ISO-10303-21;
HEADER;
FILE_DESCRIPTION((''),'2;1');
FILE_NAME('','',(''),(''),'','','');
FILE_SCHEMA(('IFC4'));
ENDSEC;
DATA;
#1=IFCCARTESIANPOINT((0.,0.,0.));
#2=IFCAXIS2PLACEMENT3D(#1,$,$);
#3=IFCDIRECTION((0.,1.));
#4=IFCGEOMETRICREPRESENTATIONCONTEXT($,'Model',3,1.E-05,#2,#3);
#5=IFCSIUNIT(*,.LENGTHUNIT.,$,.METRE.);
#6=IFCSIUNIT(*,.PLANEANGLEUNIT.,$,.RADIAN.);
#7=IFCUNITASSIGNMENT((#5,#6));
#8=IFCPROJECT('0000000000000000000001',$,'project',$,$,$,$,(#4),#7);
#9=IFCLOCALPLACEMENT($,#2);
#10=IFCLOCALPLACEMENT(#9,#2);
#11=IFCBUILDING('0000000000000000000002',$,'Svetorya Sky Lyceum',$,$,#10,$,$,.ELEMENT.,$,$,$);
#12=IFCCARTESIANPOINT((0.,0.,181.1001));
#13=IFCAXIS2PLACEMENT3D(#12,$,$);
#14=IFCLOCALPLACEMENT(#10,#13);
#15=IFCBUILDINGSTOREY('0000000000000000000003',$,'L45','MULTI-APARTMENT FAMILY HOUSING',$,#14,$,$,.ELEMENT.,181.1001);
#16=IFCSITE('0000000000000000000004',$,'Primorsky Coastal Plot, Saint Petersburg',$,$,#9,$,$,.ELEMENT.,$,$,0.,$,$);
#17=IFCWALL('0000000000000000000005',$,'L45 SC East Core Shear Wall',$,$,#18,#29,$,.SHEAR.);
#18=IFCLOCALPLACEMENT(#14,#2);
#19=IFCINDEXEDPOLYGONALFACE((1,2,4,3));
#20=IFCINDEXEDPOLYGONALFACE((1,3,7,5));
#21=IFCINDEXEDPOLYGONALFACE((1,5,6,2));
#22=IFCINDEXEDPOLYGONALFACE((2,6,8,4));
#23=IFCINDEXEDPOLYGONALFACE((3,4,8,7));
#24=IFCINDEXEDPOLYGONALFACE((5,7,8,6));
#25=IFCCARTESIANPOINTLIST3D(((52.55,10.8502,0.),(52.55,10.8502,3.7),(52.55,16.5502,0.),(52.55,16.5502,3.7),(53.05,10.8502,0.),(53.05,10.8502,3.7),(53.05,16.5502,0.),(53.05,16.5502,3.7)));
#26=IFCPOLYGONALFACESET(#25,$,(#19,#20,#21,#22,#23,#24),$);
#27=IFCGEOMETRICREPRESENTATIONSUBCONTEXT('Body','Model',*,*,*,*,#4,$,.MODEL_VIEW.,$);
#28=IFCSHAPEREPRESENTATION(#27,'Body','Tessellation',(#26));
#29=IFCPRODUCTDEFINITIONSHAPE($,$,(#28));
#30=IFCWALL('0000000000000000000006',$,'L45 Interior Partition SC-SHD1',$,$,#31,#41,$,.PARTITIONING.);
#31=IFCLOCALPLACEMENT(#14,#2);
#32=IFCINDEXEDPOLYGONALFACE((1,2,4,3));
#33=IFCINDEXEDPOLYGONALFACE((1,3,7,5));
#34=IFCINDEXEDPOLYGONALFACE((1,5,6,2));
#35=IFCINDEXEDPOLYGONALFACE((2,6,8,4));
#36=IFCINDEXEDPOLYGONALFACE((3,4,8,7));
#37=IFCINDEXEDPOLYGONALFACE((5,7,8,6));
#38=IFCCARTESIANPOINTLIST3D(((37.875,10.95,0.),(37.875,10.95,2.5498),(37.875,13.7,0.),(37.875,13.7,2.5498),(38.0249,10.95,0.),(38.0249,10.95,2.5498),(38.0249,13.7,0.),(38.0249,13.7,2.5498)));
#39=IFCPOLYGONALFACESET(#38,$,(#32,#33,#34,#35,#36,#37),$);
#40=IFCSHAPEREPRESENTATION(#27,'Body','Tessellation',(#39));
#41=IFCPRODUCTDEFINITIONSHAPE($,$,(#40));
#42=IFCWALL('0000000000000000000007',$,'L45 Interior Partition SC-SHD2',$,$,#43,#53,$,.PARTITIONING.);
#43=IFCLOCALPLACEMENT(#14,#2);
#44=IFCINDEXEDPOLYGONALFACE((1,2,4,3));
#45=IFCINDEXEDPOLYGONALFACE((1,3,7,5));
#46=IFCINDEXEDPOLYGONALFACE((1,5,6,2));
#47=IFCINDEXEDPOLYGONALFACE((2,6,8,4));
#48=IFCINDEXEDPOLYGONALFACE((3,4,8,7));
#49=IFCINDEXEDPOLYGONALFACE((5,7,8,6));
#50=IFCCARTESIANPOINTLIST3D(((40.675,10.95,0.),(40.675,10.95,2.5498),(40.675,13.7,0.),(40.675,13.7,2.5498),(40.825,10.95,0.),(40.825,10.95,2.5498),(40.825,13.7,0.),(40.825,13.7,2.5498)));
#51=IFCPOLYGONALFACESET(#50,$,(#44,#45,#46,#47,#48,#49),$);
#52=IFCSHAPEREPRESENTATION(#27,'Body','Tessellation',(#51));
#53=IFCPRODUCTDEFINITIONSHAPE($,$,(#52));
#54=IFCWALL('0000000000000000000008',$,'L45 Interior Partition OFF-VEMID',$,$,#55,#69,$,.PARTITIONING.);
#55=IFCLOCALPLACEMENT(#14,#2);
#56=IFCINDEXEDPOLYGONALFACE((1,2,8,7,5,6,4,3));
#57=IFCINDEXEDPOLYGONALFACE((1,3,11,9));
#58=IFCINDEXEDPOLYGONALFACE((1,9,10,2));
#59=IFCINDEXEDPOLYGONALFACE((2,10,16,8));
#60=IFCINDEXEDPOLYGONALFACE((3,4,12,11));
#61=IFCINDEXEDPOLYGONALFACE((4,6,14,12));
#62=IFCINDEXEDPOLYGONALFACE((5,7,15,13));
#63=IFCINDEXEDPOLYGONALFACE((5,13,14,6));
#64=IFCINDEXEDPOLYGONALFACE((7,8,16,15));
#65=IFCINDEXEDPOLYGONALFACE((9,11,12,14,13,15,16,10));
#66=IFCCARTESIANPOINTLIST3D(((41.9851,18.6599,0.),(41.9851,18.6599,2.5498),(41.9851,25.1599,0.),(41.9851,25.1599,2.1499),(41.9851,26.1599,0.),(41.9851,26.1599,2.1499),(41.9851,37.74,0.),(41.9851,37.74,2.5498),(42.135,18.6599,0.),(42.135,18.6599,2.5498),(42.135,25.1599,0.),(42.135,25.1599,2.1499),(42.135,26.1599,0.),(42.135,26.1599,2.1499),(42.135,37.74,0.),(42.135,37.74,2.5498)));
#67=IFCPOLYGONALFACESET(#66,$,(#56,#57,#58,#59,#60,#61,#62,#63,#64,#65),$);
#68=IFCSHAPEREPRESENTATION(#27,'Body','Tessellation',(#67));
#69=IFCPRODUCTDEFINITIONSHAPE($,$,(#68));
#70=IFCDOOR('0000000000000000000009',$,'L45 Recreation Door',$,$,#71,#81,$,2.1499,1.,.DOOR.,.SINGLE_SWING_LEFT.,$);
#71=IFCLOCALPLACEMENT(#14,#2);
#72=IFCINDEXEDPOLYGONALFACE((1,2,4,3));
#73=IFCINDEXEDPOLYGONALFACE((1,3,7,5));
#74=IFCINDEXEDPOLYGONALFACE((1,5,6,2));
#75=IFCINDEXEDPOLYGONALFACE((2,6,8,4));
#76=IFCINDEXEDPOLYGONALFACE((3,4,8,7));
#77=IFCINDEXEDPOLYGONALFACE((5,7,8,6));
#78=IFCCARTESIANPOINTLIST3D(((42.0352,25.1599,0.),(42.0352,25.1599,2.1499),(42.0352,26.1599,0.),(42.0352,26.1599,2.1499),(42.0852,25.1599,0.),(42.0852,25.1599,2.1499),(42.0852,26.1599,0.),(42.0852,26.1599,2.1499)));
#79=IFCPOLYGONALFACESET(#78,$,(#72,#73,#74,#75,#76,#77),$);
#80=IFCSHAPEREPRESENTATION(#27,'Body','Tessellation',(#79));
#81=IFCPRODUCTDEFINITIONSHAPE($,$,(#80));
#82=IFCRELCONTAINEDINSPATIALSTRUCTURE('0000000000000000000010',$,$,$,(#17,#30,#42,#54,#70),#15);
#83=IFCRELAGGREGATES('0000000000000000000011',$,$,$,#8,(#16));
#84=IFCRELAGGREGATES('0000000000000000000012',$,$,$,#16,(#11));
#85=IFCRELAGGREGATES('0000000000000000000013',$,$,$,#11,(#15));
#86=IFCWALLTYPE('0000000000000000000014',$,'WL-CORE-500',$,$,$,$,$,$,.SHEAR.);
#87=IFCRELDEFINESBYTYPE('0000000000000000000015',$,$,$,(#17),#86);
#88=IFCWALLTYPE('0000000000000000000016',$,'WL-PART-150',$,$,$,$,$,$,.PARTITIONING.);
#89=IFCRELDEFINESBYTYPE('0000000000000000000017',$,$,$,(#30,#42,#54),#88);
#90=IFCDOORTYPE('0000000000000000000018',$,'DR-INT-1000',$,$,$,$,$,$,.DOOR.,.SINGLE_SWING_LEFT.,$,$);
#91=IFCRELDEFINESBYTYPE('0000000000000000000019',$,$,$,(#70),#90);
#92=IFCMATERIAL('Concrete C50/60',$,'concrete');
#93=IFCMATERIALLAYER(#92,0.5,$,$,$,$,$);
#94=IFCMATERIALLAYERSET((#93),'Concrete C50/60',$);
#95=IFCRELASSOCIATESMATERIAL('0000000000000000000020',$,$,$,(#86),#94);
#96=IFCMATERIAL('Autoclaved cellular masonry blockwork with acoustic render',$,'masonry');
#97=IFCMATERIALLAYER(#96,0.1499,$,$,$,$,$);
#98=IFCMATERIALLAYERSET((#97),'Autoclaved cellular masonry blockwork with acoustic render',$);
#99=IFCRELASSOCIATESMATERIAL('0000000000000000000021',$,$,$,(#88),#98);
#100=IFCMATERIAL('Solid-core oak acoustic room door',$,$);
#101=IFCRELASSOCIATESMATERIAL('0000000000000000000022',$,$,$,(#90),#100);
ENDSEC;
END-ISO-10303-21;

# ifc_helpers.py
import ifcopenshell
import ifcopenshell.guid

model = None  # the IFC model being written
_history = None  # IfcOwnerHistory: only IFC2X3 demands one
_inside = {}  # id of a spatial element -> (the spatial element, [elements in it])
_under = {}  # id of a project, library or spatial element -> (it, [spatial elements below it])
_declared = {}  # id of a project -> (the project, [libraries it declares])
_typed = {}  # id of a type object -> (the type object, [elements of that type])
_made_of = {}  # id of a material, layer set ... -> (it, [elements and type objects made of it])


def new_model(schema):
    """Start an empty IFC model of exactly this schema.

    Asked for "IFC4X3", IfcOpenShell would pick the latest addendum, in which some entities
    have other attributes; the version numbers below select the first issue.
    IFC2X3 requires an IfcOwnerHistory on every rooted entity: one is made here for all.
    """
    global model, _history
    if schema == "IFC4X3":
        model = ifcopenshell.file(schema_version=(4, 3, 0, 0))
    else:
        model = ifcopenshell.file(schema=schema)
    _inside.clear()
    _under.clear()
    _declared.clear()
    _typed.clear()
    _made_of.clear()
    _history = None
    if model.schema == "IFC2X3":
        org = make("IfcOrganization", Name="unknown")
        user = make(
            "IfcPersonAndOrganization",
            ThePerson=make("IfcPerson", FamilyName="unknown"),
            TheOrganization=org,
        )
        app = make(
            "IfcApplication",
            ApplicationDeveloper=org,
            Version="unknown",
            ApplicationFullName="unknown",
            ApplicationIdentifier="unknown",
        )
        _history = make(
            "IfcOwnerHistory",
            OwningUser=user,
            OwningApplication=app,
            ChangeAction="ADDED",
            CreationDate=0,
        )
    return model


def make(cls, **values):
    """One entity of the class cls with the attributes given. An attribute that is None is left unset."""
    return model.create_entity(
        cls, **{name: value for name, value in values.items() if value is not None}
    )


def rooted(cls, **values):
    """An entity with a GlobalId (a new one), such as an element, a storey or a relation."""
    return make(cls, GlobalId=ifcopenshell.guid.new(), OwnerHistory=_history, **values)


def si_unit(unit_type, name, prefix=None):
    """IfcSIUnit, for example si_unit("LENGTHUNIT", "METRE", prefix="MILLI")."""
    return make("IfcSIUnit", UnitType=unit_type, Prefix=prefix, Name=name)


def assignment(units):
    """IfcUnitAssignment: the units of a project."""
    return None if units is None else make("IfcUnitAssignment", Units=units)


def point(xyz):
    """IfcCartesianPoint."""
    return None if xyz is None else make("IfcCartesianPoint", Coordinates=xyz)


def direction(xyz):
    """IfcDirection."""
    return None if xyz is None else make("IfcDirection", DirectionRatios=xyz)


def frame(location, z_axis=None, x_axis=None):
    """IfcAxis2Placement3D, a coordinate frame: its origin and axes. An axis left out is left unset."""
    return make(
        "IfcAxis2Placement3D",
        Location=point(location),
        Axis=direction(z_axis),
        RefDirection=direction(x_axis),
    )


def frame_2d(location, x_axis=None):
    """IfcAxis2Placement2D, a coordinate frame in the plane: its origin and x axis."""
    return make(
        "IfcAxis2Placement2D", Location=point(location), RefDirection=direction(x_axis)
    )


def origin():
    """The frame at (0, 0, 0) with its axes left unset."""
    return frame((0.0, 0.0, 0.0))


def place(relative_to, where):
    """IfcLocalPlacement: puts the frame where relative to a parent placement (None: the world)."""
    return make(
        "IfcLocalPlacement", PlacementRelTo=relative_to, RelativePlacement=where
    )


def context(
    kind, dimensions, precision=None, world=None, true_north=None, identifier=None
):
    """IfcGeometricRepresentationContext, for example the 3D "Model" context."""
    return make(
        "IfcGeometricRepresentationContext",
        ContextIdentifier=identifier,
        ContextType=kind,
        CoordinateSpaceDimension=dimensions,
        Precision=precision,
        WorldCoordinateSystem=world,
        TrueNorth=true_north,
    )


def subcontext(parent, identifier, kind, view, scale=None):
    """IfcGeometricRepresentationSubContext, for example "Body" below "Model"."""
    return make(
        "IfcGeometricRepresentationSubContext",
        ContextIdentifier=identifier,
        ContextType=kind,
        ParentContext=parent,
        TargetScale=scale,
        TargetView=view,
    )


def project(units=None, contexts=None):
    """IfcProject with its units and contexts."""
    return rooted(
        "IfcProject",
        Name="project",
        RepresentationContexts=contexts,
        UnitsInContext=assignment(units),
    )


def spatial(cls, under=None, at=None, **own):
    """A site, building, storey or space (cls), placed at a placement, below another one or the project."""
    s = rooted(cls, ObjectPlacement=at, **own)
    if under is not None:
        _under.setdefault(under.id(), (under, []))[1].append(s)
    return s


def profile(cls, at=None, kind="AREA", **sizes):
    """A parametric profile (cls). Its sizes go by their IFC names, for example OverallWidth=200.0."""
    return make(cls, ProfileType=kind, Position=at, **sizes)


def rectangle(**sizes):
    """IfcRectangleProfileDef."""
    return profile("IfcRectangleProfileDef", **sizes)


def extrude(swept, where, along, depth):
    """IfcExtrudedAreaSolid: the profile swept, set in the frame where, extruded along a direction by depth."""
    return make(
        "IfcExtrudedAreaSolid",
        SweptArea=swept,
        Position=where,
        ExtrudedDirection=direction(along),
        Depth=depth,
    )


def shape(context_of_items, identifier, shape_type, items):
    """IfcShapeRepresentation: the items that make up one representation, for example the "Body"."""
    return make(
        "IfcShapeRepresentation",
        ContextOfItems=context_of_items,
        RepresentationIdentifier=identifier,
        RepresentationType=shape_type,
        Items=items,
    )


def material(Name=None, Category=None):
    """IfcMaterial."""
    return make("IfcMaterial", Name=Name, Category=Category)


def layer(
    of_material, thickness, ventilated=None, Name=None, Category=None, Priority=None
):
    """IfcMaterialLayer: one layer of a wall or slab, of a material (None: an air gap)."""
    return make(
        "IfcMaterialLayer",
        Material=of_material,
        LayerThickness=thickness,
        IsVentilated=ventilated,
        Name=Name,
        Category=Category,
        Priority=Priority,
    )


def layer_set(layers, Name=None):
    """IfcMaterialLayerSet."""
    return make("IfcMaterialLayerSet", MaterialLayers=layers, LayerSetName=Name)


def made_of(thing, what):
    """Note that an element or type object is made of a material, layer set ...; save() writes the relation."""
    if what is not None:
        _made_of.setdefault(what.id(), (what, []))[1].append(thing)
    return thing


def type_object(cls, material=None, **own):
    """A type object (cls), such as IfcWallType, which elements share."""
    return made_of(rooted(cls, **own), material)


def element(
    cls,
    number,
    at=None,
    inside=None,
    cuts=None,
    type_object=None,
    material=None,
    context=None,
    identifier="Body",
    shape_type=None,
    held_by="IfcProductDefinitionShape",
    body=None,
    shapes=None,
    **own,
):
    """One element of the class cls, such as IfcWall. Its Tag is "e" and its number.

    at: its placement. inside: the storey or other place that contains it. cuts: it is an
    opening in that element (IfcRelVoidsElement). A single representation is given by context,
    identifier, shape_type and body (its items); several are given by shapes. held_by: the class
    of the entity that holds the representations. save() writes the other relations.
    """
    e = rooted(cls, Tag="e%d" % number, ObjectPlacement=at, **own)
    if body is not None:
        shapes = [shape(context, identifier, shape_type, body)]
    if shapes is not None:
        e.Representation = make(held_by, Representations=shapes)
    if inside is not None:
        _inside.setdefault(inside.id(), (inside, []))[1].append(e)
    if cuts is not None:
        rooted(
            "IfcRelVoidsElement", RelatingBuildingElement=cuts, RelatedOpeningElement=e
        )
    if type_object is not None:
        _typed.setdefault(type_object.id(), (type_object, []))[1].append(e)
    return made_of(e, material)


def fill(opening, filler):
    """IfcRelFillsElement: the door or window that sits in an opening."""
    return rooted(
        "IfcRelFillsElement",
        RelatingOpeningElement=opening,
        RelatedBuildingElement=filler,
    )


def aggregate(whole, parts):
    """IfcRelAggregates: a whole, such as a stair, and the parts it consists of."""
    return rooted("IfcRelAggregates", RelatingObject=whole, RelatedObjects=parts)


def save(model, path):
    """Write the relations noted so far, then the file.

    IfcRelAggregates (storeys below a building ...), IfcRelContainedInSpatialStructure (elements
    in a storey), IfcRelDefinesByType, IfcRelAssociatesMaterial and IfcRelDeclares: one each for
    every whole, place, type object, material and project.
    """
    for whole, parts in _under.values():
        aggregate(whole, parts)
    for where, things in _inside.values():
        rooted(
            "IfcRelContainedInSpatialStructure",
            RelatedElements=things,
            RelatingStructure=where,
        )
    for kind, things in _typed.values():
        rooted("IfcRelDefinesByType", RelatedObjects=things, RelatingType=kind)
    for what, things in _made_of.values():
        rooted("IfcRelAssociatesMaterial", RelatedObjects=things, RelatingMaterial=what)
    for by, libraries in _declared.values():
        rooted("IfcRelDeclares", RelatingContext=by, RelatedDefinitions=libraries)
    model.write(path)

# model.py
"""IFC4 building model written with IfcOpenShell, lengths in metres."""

from ifc_helpers import new_model, si_unit, direction, frame, frame_2d, origin, place, context, subcontext, project, spatial, rectangle, extrude, material, layer, layer_set, type_object, element, fill, save


model = new_model("IFC4")

# Units and contexts
model_context = context("Model", 3, precision=1e-05, world=origin(), true_north=direction((0.0, 1.0)))
body_context = subcontext(model_context, "Body", "Model", "MODEL_VIEW")
ifc_project = project(units=[si_unit("LENGTHUNIT", "METRE"), si_unit("PLANEANGLEUNIT", "RADIAN")], contexts=[model_context])

# Site, building, storey
site_placement = place(None, origin())
site = spatial("IfcSite", under=ifc_project, at=site_placement, Name="Primorsky Coastal Plot, Saint Petersburg", CompositionType="ELEMENT", RefElevation=0.0)
building_placement = place(site_placement, origin())
building = spatial("IfcBuilding", under=site, at=building_placement, Name="Svetorya Sky Lyceum", CompositionType="ELEMENT")
storey_placement = place(building_placement, frame((0.0, 0.0, 181.1001)))
storey = spatial("IfcBuildingStorey", under=building, at=storey_placement, Name="L45", Description="MULTI-APARTMENT FAMILY HOUSING", CompositionType="ELEMENT", Elevation=181.1001)

# Shared definitions
ifc_material_1 = material(Name="Concrete C50/60", Category="concrete")

# Walls
ifc_layer_1 = layer(ifc_material_1, 0.5)
ifc_layer_set_1 = layer_set([ifc_layer_1], Name="Concrete C50/60")
wall_type_1 = type_object("IfcWallType", Name="WL-CORE-500", PredefinedType="SHEAR", material=ifc_layer_set_1)
wall_1_placement = place(storey_placement, frame((52.8, 10.8501, 0.0), z_axis=(0.0, 0.0, 1.0), x_axis=(0.0, 1.0, 0.0)))
element("IfcWall", 1, at=wall_1_placement, inside=storey, type_object=wall_type_1, Name="L45 SC East Core Shear Wall", PredefinedType="SHEAR", context=body_context, shape_type="SweptSolid", body=[
    extrude(rectangle(XDim=5.7, YDim=0.5, at=frame_2d((2.8501, 0.0))), origin(), (0.0, 0.0, 1.0), 3.7),
])
ifc_material_2 = material(Name="Autoclaved cellular masonry blockwork with acoustic render", Category="masonry")
ifc_layer_2 = layer(ifc_material_2, 0.1499)
ifc_layer_set_2 = layer_set([ifc_layer_2], Name="Autoclaved cellular masonry blockwork with acoustic render")
wall_type_2 = type_object("IfcWallType", Name="WL-PART-150", PredefinedType="PARTITIONING", material=ifc_layer_set_2)
for number, where, z_axis, x_axis, name in (
    (2, (37.95, 10.95, 0.0), (0.0, 0.0, 1.0), (0.0, 1.0, 0.0), "L45 Interior Partition SC-SHD1"),
    (3, (40.75, 10.95, 0.0), (0.0, 0.0, 1.0), (0.0, 1.0, 0.0), "L45 Interior Partition SC-SHD2"),
):
    element("IfcWall", number, at=place(storey_placement, frame(where, z_axis=z_axis, x_axis=x_axis)), inside=storey, type_object=wall_type_2, Name=name, PredefinedType="PARTITIONING", context=body_context, shape_type="SweptSolid", body=[
        extrude(rectangle(XDim=2.75, YDim=0.1499, at=frame_2d((1.375, 0.0))), origin(), (0.0, 0.0, 1.0), 2.5498),
    ])

# Wall, opening, door
wall_2_placement = place(storey_placement, frame((42.0601, 18.6599, 0.0), z_axis=(0.0, 0.0, 1.0), x_axis=(0.0, 1.0, 0.0)))
wall_2 = element("IfcWall", 4, at=wall_2_placement, inside=storey, type_object=wall_type_2, Name="L45 Interior Partition OFF-VEMID", PredefinedType="PARTITIONING", context=body_context, shape_type="SweptSolid", body=[
    extrude(rectangle(XDim=19.0801, YDim=0.1499, at=frame_2d((9.54, 0.0))), origin(), (0.0, 0.0, 1.0), 2.5498),
])
opening_1_placement = place(wall_2_placement, frame((6.5, 0.0, 0.0)))
opening_1 = element("IfcOpeningElement", 5, at=opening_1_placement, cuts=wall_2, PredefinedType="OPENING", context=body_context, shape_type="SweptSolid", body=[
    extrude(rectangle(XDim=1.0, YDim=2.1499, at=frame_2d((0.5, 1.075))), frame((0.0, 0.085, 0.0), z_axis=(0.0, -1.0, 0.0), x_axis=(1.0, 0.0, 0.0)), (0.0, 0.0, 1.0), 0.1699),
])
ifc_material_3 = material(Name="Solid-core oak acoustic room door")
door_type_1 = type_object("IfcDoorType", Name="DR-INT-1000", OperationType="SINGLE_SWING_LEFT", PredefinedType="DOOR", material=ifc_material_3)
door_1_placement = place(opening_1_placement, origin())
door_1 = element("IfcDoor", 6, at=door_1_placement, inside=storey, type_object=door_type_1, Name="L45 Recreation Door", OperationType="SINGLE_SWING_LEFT", OverallHeight=2.1499, OverallWidth=1.0, PredefinedType="DOOR", context=body_context, shape_type="SweptSolid", body=[
    extrude(rectangle(XDim=1.0, YDim=2.1499, at=frame_2d((0.5, 1.075))), frame((0.0, 0.0249, 0.0), z_axis=(0.0, -1.0, 0.0), x_axis=(1.0, 0.0, 0.0)), (0.0, 0.0, 1.0), 0.05),
])
fill(opening_1, door_1)

save(model, "model.ifc")
